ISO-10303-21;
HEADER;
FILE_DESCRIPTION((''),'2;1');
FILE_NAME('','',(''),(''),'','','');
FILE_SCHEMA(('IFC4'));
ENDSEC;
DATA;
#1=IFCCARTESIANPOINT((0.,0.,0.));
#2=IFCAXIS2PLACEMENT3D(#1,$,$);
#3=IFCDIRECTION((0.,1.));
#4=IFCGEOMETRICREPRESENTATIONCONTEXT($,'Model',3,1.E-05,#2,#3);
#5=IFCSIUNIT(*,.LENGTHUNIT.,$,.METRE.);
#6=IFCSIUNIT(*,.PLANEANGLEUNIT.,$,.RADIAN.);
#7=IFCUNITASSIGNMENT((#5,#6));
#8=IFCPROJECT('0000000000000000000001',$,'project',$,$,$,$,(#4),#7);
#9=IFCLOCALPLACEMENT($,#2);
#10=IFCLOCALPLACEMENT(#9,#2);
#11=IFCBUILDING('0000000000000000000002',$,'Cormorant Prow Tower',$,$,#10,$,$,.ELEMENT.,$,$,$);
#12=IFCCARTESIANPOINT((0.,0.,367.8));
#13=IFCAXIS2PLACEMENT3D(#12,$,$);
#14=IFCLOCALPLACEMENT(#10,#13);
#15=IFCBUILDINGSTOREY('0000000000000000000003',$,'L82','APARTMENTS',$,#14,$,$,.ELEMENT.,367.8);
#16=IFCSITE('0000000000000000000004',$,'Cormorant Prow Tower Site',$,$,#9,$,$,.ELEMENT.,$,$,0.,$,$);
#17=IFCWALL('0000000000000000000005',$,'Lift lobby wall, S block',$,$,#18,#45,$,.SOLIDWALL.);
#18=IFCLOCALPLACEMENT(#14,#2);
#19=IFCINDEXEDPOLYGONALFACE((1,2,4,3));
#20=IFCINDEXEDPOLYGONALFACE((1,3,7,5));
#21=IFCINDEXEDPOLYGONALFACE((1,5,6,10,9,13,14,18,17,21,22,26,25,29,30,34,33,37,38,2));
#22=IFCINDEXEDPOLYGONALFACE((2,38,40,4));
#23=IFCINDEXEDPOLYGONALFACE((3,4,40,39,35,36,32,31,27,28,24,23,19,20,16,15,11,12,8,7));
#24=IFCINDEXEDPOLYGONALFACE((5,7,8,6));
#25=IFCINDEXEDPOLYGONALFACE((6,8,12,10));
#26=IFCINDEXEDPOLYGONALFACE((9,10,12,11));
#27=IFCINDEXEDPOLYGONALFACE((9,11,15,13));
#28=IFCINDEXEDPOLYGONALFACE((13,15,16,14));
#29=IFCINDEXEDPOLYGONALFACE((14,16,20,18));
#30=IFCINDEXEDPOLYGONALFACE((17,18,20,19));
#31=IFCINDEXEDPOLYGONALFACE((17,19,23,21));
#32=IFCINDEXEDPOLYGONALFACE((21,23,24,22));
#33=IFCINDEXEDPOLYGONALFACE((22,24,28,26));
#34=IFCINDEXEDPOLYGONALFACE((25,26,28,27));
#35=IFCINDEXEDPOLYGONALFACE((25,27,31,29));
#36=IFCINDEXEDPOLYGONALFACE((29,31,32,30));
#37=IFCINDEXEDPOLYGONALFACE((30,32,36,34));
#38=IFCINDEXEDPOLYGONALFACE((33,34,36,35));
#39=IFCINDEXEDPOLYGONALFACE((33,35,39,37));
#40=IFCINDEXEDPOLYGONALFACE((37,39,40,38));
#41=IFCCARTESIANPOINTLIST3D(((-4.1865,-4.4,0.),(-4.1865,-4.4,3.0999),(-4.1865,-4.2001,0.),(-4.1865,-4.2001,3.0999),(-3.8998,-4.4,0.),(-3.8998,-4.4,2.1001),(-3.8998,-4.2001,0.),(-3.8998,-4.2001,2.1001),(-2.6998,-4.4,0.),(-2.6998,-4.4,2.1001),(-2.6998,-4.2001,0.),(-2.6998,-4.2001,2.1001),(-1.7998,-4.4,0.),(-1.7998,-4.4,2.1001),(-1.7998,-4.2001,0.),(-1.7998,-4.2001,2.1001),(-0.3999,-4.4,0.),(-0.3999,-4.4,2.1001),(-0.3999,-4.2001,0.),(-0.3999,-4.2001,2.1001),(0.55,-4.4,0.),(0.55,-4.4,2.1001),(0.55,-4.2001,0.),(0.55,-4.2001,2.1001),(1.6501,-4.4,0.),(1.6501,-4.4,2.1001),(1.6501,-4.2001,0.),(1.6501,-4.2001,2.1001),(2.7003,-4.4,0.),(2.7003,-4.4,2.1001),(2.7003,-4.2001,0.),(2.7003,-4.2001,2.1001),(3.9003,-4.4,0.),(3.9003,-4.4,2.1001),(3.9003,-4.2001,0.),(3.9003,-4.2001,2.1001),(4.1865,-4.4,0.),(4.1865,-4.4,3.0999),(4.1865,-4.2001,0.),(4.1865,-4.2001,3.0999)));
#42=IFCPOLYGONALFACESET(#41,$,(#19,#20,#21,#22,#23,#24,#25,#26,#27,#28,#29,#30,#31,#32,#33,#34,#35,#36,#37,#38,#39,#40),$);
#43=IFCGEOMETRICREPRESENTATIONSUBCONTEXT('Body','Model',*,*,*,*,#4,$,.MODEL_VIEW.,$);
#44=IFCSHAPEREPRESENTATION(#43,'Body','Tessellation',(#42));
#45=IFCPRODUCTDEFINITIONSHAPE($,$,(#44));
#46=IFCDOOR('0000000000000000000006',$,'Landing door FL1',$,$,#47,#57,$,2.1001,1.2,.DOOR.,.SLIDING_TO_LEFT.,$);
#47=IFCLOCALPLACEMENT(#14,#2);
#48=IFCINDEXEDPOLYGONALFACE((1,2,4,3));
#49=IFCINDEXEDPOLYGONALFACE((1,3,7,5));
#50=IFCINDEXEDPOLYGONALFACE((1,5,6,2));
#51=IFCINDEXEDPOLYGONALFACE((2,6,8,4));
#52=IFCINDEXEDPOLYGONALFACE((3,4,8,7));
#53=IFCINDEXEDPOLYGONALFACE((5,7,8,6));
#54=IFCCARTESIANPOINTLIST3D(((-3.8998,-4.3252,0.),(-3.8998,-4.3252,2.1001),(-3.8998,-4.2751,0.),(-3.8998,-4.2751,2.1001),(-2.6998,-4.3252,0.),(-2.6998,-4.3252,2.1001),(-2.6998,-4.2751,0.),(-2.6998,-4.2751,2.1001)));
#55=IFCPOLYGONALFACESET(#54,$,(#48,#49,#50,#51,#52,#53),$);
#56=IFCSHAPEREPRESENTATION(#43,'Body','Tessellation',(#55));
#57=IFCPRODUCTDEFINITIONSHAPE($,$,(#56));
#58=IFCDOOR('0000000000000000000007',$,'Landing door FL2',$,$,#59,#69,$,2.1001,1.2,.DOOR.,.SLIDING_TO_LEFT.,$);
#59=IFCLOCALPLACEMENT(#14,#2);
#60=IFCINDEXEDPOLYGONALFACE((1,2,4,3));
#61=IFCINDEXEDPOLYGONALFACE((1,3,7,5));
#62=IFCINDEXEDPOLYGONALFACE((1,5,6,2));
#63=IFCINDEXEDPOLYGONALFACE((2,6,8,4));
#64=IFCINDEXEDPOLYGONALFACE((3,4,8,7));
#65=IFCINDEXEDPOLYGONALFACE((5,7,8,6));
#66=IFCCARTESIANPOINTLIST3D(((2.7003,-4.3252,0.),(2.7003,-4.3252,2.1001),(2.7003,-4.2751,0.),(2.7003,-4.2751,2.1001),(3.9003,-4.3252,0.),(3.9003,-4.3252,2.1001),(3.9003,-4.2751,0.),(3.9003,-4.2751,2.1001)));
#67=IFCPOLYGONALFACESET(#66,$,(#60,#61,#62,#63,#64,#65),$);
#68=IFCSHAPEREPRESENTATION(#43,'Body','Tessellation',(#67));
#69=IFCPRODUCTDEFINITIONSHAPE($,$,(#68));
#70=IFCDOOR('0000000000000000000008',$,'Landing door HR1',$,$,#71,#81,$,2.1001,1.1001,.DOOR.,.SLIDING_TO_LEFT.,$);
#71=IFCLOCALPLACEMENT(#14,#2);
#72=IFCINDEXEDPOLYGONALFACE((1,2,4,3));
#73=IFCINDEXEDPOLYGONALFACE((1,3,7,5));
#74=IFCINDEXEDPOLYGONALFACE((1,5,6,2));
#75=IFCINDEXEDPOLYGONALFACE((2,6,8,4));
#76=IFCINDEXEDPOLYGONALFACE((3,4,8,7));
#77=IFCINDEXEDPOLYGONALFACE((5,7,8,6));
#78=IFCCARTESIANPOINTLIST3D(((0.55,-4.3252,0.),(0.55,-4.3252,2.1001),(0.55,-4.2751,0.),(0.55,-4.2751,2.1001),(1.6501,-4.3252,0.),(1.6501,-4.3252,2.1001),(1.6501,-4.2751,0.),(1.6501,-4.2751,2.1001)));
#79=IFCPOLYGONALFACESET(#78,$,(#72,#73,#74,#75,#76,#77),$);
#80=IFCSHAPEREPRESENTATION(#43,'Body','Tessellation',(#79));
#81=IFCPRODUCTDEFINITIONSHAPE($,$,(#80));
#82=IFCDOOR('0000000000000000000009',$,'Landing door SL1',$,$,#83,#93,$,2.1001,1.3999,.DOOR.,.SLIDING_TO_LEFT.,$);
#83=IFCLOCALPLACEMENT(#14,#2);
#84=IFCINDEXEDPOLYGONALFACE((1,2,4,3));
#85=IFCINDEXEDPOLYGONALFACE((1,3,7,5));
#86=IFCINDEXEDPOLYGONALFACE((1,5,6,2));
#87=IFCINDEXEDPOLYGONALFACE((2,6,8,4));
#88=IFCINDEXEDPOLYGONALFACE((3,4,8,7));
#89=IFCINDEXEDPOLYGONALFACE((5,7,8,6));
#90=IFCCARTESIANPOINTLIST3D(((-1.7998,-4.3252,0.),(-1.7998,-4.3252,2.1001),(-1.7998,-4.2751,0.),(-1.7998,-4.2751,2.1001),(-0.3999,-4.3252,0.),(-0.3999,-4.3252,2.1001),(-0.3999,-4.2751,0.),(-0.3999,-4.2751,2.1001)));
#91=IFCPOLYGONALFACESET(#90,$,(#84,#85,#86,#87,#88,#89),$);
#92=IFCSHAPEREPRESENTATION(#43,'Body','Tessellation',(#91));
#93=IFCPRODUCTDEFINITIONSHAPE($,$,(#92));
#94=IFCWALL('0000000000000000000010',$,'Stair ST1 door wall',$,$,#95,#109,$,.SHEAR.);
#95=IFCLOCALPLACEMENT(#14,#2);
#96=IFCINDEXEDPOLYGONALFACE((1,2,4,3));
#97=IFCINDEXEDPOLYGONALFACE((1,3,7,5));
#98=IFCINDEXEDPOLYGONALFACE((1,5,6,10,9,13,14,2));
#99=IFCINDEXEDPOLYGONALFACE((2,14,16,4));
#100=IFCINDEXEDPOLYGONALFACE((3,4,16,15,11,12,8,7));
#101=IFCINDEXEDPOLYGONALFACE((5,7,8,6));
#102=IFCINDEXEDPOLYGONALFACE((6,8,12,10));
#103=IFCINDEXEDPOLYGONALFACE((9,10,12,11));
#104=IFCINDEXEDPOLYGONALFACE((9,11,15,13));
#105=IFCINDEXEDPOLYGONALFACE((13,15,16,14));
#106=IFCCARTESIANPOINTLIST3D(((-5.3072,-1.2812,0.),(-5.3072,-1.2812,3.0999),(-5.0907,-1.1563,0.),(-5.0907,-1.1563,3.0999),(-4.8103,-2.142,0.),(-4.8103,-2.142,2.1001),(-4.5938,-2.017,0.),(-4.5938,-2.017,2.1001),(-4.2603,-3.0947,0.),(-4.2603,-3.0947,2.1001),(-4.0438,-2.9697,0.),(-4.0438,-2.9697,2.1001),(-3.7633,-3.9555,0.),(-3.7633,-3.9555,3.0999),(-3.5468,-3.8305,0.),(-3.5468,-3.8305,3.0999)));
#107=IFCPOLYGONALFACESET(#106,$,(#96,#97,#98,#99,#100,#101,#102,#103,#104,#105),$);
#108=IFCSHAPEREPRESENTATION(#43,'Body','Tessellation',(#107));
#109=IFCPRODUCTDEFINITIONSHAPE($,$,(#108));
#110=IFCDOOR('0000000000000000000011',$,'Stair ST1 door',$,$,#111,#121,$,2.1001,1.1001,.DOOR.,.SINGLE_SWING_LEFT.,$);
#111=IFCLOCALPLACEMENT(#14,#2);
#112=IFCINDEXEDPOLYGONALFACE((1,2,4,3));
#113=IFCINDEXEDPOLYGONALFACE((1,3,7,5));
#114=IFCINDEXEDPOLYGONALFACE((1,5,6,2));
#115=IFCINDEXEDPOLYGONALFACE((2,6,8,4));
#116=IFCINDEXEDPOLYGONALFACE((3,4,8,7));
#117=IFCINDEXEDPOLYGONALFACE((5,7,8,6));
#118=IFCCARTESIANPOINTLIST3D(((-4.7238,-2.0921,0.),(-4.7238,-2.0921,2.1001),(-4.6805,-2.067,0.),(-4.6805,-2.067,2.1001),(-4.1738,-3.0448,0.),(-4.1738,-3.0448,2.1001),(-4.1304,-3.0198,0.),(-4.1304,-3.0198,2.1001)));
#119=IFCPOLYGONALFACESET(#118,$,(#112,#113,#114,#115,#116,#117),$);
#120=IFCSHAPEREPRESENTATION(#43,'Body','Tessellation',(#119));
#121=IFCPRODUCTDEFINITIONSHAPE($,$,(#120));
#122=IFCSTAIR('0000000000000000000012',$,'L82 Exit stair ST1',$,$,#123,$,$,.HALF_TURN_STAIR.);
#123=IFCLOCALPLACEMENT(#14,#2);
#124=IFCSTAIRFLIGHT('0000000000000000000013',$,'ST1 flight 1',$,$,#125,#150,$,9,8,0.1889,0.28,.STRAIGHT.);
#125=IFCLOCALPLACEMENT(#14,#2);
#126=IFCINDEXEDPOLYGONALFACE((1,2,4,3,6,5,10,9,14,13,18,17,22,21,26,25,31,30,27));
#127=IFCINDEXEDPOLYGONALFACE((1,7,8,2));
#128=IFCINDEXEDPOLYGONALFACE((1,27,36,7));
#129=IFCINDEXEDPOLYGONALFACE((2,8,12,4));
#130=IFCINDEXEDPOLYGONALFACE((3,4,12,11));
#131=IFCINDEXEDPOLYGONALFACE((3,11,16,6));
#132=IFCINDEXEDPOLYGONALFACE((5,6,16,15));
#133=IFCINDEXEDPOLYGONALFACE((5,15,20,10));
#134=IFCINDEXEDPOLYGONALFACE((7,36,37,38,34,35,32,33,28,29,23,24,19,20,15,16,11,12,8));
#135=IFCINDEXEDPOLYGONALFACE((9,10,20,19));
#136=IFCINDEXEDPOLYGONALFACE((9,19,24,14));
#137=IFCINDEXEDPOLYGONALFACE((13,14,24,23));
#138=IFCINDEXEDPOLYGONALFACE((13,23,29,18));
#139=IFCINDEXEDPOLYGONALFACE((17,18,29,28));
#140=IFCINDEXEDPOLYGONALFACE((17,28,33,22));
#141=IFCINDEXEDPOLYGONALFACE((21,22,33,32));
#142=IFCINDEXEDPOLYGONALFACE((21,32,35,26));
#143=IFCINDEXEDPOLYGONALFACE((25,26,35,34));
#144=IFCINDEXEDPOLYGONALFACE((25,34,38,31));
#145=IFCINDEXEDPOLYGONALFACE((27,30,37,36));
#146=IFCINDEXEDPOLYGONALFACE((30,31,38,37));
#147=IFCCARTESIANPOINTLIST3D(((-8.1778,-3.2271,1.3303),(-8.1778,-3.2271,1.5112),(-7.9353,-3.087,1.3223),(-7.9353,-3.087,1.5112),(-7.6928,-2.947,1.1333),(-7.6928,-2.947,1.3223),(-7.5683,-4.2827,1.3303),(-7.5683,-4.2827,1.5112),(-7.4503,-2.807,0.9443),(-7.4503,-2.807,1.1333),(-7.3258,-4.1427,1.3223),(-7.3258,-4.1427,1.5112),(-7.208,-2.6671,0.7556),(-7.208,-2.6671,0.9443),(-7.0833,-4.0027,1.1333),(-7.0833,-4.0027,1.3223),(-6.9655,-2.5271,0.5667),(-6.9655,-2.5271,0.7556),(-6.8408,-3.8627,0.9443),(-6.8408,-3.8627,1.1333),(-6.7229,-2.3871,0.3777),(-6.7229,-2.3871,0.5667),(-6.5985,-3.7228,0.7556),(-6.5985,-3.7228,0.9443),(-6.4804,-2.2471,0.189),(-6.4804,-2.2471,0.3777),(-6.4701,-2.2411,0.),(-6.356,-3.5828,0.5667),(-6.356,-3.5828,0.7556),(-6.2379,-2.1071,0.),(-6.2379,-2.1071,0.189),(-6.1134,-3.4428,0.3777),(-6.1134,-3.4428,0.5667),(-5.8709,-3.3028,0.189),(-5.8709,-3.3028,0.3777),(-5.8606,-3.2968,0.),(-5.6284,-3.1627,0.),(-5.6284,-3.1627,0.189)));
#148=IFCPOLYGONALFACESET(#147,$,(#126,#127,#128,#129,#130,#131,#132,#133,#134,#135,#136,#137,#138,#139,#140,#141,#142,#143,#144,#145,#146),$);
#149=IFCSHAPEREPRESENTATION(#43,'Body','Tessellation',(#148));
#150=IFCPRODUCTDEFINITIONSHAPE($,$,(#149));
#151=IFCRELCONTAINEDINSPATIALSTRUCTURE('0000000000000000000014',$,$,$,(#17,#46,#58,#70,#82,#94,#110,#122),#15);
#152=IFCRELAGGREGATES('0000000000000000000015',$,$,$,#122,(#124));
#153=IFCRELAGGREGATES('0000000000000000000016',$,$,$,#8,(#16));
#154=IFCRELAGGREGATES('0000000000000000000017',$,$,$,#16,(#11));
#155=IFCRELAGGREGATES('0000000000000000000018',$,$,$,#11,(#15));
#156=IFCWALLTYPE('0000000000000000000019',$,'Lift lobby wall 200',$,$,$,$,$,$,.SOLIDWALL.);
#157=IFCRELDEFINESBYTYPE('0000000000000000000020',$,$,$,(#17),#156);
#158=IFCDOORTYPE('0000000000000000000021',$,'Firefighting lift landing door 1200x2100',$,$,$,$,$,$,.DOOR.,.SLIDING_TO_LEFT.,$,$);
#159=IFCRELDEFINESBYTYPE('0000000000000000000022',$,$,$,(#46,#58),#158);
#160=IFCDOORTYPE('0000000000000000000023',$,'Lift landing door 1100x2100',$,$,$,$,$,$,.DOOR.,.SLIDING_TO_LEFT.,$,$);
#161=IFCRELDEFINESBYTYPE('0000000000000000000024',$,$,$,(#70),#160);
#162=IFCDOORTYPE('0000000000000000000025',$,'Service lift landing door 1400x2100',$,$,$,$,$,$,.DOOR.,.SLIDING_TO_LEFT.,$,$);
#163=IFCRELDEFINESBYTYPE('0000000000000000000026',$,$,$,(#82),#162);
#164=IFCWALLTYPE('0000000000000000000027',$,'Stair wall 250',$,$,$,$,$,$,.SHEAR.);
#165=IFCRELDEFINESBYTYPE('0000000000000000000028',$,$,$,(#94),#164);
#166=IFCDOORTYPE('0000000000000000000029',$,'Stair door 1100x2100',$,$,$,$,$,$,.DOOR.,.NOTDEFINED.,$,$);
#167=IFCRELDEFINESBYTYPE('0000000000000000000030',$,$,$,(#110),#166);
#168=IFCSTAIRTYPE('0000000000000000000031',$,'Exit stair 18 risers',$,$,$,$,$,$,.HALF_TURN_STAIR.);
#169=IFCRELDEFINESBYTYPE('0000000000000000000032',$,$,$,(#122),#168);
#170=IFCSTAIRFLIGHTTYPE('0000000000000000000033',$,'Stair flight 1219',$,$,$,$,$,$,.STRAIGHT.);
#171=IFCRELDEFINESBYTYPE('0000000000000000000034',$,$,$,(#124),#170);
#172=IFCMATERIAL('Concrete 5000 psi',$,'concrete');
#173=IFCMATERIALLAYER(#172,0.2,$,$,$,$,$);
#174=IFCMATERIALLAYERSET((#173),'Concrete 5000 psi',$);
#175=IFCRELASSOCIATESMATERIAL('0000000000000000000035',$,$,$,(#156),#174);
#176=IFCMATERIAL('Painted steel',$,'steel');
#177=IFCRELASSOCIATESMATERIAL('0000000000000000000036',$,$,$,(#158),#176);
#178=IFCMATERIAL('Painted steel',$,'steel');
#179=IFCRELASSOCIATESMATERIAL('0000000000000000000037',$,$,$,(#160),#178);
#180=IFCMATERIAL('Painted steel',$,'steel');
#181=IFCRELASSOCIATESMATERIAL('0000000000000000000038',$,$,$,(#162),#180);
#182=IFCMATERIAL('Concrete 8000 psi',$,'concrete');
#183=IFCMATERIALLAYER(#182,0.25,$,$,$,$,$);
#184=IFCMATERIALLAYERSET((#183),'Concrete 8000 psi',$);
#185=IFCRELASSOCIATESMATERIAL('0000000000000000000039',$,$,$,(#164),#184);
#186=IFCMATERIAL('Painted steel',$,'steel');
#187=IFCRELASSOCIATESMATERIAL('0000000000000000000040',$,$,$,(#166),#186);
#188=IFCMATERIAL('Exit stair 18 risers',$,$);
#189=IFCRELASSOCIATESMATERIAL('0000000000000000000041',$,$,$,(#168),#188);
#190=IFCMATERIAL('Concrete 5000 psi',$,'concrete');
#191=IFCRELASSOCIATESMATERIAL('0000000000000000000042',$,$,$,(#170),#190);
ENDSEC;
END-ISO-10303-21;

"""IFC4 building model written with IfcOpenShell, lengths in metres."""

from ifc_helpers import new_model, si_unit, direction, frame, frame_2d, origin, place, context, subcontext, project, spatial, polyline, rectangle, outline, extrude, material, layer, layer_set, type_object, element, fill, aggregate, save


model = new_model("IFC4")

# Units and contexts
model_context = context("Model", 3, precision=1e-05, world=origin(), true_north=direction((0.0, 1.0)))
body_context = subcontext(model_context, "Body", "Model", "MODEL_VIEW")
ifc_project = project(units=[si_unit("LENGTHUNIT", "METRE"), si_unit("PLANEANGLEUNIT", "RADIAN")], contexts=[model_context])

# Site, building, storey
site_placement = place(None, origin())
site = spatial("IfcSite", under=ifc_project, at=site_placement, Name="Cormorant Prow Tower Site", CompositionType="ELEMENT", RefElevation=0.0)
building_placement = place(site_placement, origin())
building = spatial("IfcBuilding", under=site, at=building_placement, Name="Cormorant Prow Tower", CompositionType="ELEMENT")
storey_placement = place(building_placement, frame((0.0, 0.0, 367.8)))
storey = spatial("IfcBuildingStorey", under=building, at=storey_placement, Name="L82", Description="APARTMENTS", CompositionType="ELEMENT", Elevation=367.8)

# Wall, openings, doors
ifc_material_1 = material(Name="Concrete 5000 psi", Category="concrete")
ifc_layer_1 = layer(ifc_material_1, 0.2)
ifc_layer_set_1 = layer_set([ifc_layer_1], Name="Concrete 5000 psi")
wall_type_1 = type_object("IfcWallType", Name="Lift lobby wall 200", PredefinedType="SOLIDWALL", material=ifc_layer_set_1)
wall_1_placement = place(storey_placement, frame((-4.1865, -4.3, 0.0), z_axis=(0.0, 0.0, 1.0), x_axis=(1.0, 0.0, 0.0)))
wall_1 = element("IfcWall", 1, at=wall_1_placement, inside=storey, type_object=wall_type_1, Name="Lift lobby wall, S block", PredefinedType="SOLIDWALL", context=body_context, shape_type="SweptSolid", body=[
    extrude(rectangle(XDim=8.373, YDim=0.2, at=frame_2d((4.1865, 0.0))), origin(), (0.0, 0.0, 1.0), 3.0999),
])
opening_1_placement = place(wall_1_placement, frame((0.2866, 0.0, 0.0)))
opening_1 = element("IfcOpeningElement", 2, at=opening_1_placement, cuts=wall_1, PredefinedType="OPENING", context=body_context, shape_type="SweptSolid", body=[
    extrude(rectangle(XDim=1.2, YDim=2.1001, at=frame_2d((0.6001, 1.05))), frame((0.0, 0.1099, 0.0), z_axis=(0.0, -1.0, 0.0), x_axis=(1.0, 0.0, 0.0)), (0.0, 0.0, 1.0), 0.22),
])
opening_2_placement = place(wall_1_placement, frame((2.3867, 0.0, 0.0)))
opening_2 = element("IfcOpeningElement", 3, at=opening_2_placement, cuts=wall_1, PredefinedType="OPENING", context=body_context, shape_type="SweptSolid", body=[
    extrude(rectangle(XDim=1.3999, YDim=2.1001, at=frame_2d((0.7, 1.05))), frame((0.0, 0.1099, 0.0), z_axis=(0.0, -1.0, 0.0), x_axis=(1.0, 0.0, 0.0)), (0.0, 0.0, 1.0), 0.22),
])
opening_3_placement = place(wall_1_placement, frame((4.7366, 0.0, 0.0)))
opening_3 = element("IfcOpeningElement", 4, at=opening_3_placement, cuts=wall_1, PredefinedType="OPENING", context=body_context, shape_type="SweptSolid", body=[
    extrude(rectangle(XDim=1.1001, YDim=2.1001, at=frame_2d((0.55, 1.05))), frame((0.0, 0.1099, 0.0), z_axis=(0.0, -1.0, 0.0), x_axis=(1.0, 0.0, 0.0)), (0.0, 0.0, 1.0), 0.22),
])
opening_4_placement = place(wall_1_placement, frame((6.8867, 0.0, 0.0)))
opening_4 = element("IfcOpeningElement", 5, at=opening_4_placement, cuts=wall_1, PredefinedType="OPENING", context=body_context, shape_type="SweptSolid", body=[
    extrude(rectangle(XDim=1.2, YDim=2.1001, at=frame_2d((0.6001, 1.05))), frame((0.0, 0.1099, 0.0), z_axis=(0.0, -1.0, 0.0), x_axis=(1.0, 0.0, 0.0)), (0.0, 0.0, 1.0), 0.22),
])
ifc_material_2 = material(Name="Painted steel", Category="steel")
door_type_1 = type_object("IfcDoorType", Name="Firefighting lift landing door 1200x2100", OperationType="SLIDING_TO_LEFT", PredefinedType="DOOR", material=ifc_material_2)
door_1_placement = place(opening_1_placement, origin())
door_1 = element("IfcDoor", 6, at=door_1_placement, inside=storey, type_object=door_type_1, Name="Landing door FL1", OperationType="SLIDING_TO_LEFT", OverallHeight=2.1001, OverallWidth=1.2, PredefinedType="DOOR", context=body_context, shape_type="SweptSolid", body=[
    extrude(rectangle(XDim=1.2, YDim=2.1001, at=frame_2d((0.6001, 1.05))), frame((0.0, 0.0249, 0.0), z_axis=(0.0, -1.0, 0.0), x_axis=(1.0, 0.0, 0.0)), (0.0, 0.0, 1.0), 0.05),
])
fill(opening_1, door_1)
door_2_placement = place(opening_4_placement, origin())
door_2 = element("IfcDoor", 7, at=door_2_placement, inside=storey, type_object=door_type_1, Name="Landing door FL2", OperationType="SLIDING_TO_LEFT", OverallHeight=2.1001, OverallWidth=1.2, PredefinedType="DOOR", context=body_context, shape_type="SweptSolid", body=[
    extrude(rectangle(XDim=1.2, YDim=2.1001, at=frame_2d((0.6001, 1.05))), frame((0.0, 0.0249, 0.0), z_axis=(0.0, -1.0, 0.0), x_axis=(1.0, 0.0, 0.0)), (0.0, 0.0, 1.0), 0.05),
])
fill(opening_4, door_2)
ifc_material_3 = material(Name="Painted steel", Category="steel")
door_type_2 = type_object("IfcDoorType", Name="Lift landing door 1100x2100", OperationType="SLIDING_TO_LEFT", PredefinedType="DOOR", material=ifc_material_3)
door_3_placement = place(opening_3_placement, origin())
door_3 = element("IfcDoor", 8, at=door_3_placement, inside=storey, type_object=door_type_2, Name="Landing door HR1", OperationType="SLIDING_TO_LEFT", OverallHeight=2.1001, OverallWidth=1.1001, PredefinedType="DOOR", context=body_context, shape_type="SweptSolid", body=[
    extrude(rectangle(XDim=1.1001, YDim=2.1001, at=frame_2d((0.55, 1.05))), frame((0.0, 0.0249, 0.0), z_axis=(0.0, -1.0, 0.0), x_axis=(1.0, 0.0, 0.0)), (0.0, 0.0, 1.0), 0.05),
])
fill(opening_3, door_3)
ifc_material_4 = material(Name="Painted steel", Category="steel")
door_type_3 = type_object("IfcDoorType", Name="Service lift landing door 1400x2100", OperationType="SLIDING_TO_LEFT", PredefinedType="DOOR", material=ifc_material_4)
door_4_placement = place(opening_2_placement, origin())
door_4 = element("IfcDoor", 9, at=door_4_placement, inside=storey, type_object=door_type_3, Name="Landing door SL1", OperationType="SLIDING_TO_LEFT", OverallHeight=2.1001, OverallWidth=1.3999, PredefinedType="DOOR", context=body_context, shape_type="SweptSolid", body=[
    extrude(rectangle(XDim=1.3999, YDim=2.1001, at=frame_2d((0.7, 1.05))), frame((0.0, 0.0249, 0.0), z_axis=(0.0, -1.0, 0.0), x_axis=(1.0, 0.0, 0.0)), (0.0, 0.0, 1.0), 0.05),
])
fill(opening_2, door_4)

# Wall, opening, door
ifc_material_5 = material(Name="Concrete 8000 psi", Category="concrete")
ifc_layer_2 = layer(ifc_material_5, 0.25)
ifc_layer_set_2 = layer_set([ifc_layer_2], Name="Concrete 8000 psi")
wall_type_2 = type_object("IfcWallType", Name="Stair wall 250", PredefinedType="SHEAR", material=ifc_layer_set_2)
wall_2_placement = place(storey_placement, frame((-5.199, -1.2188, 0.0), z_axis=(0.0, 0.0, 1.0), x_axis=(0.499983, -0.866035, 0.0)))
wall_2 = element("IfcWall", 10, at=wall_2_placement, inside=storey, type_object=wall_type_2, Name="Stair ST1 door wall", PredefinedType="SHEAR", context=body_context, shape_type="SweptSolid", body=[
    extrude(rectangle(XDim=3.0879, YDim=0.25, at=frame_2d((1.5439, 0.0))), origin(), (0.0, 0.0, 1.0), 3.0999),
])
opening_5_placement = place(wall_2_placement, frame((0.9939, 0.0, 0.0)))
opening_5 = element("IfcOpeningElement", 11, at=opening_5_placement, cuts=wall_2, PredefinedType="OPENING", context=body_context, shape_type="SweptSolid", body=[
    extrude(rectangle(XDim=1.1001, YDim=2.1001, at=frame_2d((0.55, 1.05))), frame((0.0, 0.135, 0.0), z_axis=(0.0, -1.0, 0.0), x_axis=(1.0, 0.0, 0.0)), (0.0, 0.0, 1.0), 0.27),
])
ifc_material_6 = material(Name="Painted steel", Category="steel")
door_type_4 = type_object("IfcDoorType", Name="Stair door 1100x2100", OperationType="NOTDEFINED", PredefinedType="DOOR", material=ifc_material_6)
door_5_placement = place(opening_5_placement, origin())
door_5 = element("IfcDoor", 12, at=door_5_placement, inside=storey, type_object=door_type_4, Name="Stair ST1 door", OperationType="SINGLE_SWING_LEFT", OverallHeight=2.1001, OverallWidth=1.1001, PredefinedType="DOOR", context=body_context, shape_type="SweptSolid", body=[
    extrude(rectangle(XDim=1.1001, YDim=2.1001, at=frame_2d((0.55, 1.05))), frame((0.0, 0.0249, 0.0), z_axis=(0.0, -1.0, 0.0), x_axis=(1.0, 0.0, 0.0)), (0.0, 0.0, 1.0), 0.05),
])
fill(opening_5, door_5)

# Stair, stair flight
ifc_material_7 = material(Name="Exit stair 18 risers")
stair_type = type_object("IfcStairType", Name="Exit stair 18 risers", PredefinedType="HALF_TURN_STAIR", material=ifc_material_7)
stair_placement = place(storey_placement, origin())
stair = element("IfcStair", 13, at=stair_placement, inside=storey, type_object=stair_type, Name="L82 Exit stair ST1", PredefinedType="HALF_TURN_STAIR")
ifc_material_8 = material(Name="Concrete 5000 psi", Category="concrete")
stair_flight_type = type_object("IfcStairFlightType", Name="Stair flight 1219", PredefinedType="STRAIGHT", material=ifc_material_8)
stair_flight_1_placement = place(storey_placement, frame((-5.9331, -2.635, 0.0), z_axis=(0.0, 0.0, 1.0), x_axis=(-0.866025, -0.5, 0.0)))
stair_flight_1 = element("IfcStairFlight", 14, at=stair_flight_1_placement, type_object=stair_flight_type, Name="ST1 flight 1", NumberOfRisers=9, NumberOfTreads=8, PredefinedType="STRAIGHT", RiserHeight=0.1889, TreadLength=0.28, context=body_context, shape_type="SweptSolid", body=[
    extrude(outline(polyline([(0.0, 0.0), (0.0, 0.189), (0.28, 0.189), (0.28, 0.3777), (0.5601, 0.3777), (0.5601, 0.5667), (0.8401, 0.5667), (0.8401, 0.7556), (1.1201, 0.7556), (1.1201, 0.9443), (1.3999, 0.9443), (1.3999, 1.1333), (1.6799, 1.1333), (1.6799, 1.3223), (1.96, 1.3223), (1.96, 1.5112), (2.24, 1.5112), (2.24, 1.7), (2.24, 1.3303), (0.2681, 0.0), (0.0, 0.0)])), frame((0.0, 0.6094, 0.0), z_axis=(0.0, -1.0, 0.0), x_axis=(1.0, 0.0, 0.0)), (0.0, 0.0, 1.0), 1.219),
])
aggregate(stair, [stair_flight_1])

save(model, "model.ifc")
